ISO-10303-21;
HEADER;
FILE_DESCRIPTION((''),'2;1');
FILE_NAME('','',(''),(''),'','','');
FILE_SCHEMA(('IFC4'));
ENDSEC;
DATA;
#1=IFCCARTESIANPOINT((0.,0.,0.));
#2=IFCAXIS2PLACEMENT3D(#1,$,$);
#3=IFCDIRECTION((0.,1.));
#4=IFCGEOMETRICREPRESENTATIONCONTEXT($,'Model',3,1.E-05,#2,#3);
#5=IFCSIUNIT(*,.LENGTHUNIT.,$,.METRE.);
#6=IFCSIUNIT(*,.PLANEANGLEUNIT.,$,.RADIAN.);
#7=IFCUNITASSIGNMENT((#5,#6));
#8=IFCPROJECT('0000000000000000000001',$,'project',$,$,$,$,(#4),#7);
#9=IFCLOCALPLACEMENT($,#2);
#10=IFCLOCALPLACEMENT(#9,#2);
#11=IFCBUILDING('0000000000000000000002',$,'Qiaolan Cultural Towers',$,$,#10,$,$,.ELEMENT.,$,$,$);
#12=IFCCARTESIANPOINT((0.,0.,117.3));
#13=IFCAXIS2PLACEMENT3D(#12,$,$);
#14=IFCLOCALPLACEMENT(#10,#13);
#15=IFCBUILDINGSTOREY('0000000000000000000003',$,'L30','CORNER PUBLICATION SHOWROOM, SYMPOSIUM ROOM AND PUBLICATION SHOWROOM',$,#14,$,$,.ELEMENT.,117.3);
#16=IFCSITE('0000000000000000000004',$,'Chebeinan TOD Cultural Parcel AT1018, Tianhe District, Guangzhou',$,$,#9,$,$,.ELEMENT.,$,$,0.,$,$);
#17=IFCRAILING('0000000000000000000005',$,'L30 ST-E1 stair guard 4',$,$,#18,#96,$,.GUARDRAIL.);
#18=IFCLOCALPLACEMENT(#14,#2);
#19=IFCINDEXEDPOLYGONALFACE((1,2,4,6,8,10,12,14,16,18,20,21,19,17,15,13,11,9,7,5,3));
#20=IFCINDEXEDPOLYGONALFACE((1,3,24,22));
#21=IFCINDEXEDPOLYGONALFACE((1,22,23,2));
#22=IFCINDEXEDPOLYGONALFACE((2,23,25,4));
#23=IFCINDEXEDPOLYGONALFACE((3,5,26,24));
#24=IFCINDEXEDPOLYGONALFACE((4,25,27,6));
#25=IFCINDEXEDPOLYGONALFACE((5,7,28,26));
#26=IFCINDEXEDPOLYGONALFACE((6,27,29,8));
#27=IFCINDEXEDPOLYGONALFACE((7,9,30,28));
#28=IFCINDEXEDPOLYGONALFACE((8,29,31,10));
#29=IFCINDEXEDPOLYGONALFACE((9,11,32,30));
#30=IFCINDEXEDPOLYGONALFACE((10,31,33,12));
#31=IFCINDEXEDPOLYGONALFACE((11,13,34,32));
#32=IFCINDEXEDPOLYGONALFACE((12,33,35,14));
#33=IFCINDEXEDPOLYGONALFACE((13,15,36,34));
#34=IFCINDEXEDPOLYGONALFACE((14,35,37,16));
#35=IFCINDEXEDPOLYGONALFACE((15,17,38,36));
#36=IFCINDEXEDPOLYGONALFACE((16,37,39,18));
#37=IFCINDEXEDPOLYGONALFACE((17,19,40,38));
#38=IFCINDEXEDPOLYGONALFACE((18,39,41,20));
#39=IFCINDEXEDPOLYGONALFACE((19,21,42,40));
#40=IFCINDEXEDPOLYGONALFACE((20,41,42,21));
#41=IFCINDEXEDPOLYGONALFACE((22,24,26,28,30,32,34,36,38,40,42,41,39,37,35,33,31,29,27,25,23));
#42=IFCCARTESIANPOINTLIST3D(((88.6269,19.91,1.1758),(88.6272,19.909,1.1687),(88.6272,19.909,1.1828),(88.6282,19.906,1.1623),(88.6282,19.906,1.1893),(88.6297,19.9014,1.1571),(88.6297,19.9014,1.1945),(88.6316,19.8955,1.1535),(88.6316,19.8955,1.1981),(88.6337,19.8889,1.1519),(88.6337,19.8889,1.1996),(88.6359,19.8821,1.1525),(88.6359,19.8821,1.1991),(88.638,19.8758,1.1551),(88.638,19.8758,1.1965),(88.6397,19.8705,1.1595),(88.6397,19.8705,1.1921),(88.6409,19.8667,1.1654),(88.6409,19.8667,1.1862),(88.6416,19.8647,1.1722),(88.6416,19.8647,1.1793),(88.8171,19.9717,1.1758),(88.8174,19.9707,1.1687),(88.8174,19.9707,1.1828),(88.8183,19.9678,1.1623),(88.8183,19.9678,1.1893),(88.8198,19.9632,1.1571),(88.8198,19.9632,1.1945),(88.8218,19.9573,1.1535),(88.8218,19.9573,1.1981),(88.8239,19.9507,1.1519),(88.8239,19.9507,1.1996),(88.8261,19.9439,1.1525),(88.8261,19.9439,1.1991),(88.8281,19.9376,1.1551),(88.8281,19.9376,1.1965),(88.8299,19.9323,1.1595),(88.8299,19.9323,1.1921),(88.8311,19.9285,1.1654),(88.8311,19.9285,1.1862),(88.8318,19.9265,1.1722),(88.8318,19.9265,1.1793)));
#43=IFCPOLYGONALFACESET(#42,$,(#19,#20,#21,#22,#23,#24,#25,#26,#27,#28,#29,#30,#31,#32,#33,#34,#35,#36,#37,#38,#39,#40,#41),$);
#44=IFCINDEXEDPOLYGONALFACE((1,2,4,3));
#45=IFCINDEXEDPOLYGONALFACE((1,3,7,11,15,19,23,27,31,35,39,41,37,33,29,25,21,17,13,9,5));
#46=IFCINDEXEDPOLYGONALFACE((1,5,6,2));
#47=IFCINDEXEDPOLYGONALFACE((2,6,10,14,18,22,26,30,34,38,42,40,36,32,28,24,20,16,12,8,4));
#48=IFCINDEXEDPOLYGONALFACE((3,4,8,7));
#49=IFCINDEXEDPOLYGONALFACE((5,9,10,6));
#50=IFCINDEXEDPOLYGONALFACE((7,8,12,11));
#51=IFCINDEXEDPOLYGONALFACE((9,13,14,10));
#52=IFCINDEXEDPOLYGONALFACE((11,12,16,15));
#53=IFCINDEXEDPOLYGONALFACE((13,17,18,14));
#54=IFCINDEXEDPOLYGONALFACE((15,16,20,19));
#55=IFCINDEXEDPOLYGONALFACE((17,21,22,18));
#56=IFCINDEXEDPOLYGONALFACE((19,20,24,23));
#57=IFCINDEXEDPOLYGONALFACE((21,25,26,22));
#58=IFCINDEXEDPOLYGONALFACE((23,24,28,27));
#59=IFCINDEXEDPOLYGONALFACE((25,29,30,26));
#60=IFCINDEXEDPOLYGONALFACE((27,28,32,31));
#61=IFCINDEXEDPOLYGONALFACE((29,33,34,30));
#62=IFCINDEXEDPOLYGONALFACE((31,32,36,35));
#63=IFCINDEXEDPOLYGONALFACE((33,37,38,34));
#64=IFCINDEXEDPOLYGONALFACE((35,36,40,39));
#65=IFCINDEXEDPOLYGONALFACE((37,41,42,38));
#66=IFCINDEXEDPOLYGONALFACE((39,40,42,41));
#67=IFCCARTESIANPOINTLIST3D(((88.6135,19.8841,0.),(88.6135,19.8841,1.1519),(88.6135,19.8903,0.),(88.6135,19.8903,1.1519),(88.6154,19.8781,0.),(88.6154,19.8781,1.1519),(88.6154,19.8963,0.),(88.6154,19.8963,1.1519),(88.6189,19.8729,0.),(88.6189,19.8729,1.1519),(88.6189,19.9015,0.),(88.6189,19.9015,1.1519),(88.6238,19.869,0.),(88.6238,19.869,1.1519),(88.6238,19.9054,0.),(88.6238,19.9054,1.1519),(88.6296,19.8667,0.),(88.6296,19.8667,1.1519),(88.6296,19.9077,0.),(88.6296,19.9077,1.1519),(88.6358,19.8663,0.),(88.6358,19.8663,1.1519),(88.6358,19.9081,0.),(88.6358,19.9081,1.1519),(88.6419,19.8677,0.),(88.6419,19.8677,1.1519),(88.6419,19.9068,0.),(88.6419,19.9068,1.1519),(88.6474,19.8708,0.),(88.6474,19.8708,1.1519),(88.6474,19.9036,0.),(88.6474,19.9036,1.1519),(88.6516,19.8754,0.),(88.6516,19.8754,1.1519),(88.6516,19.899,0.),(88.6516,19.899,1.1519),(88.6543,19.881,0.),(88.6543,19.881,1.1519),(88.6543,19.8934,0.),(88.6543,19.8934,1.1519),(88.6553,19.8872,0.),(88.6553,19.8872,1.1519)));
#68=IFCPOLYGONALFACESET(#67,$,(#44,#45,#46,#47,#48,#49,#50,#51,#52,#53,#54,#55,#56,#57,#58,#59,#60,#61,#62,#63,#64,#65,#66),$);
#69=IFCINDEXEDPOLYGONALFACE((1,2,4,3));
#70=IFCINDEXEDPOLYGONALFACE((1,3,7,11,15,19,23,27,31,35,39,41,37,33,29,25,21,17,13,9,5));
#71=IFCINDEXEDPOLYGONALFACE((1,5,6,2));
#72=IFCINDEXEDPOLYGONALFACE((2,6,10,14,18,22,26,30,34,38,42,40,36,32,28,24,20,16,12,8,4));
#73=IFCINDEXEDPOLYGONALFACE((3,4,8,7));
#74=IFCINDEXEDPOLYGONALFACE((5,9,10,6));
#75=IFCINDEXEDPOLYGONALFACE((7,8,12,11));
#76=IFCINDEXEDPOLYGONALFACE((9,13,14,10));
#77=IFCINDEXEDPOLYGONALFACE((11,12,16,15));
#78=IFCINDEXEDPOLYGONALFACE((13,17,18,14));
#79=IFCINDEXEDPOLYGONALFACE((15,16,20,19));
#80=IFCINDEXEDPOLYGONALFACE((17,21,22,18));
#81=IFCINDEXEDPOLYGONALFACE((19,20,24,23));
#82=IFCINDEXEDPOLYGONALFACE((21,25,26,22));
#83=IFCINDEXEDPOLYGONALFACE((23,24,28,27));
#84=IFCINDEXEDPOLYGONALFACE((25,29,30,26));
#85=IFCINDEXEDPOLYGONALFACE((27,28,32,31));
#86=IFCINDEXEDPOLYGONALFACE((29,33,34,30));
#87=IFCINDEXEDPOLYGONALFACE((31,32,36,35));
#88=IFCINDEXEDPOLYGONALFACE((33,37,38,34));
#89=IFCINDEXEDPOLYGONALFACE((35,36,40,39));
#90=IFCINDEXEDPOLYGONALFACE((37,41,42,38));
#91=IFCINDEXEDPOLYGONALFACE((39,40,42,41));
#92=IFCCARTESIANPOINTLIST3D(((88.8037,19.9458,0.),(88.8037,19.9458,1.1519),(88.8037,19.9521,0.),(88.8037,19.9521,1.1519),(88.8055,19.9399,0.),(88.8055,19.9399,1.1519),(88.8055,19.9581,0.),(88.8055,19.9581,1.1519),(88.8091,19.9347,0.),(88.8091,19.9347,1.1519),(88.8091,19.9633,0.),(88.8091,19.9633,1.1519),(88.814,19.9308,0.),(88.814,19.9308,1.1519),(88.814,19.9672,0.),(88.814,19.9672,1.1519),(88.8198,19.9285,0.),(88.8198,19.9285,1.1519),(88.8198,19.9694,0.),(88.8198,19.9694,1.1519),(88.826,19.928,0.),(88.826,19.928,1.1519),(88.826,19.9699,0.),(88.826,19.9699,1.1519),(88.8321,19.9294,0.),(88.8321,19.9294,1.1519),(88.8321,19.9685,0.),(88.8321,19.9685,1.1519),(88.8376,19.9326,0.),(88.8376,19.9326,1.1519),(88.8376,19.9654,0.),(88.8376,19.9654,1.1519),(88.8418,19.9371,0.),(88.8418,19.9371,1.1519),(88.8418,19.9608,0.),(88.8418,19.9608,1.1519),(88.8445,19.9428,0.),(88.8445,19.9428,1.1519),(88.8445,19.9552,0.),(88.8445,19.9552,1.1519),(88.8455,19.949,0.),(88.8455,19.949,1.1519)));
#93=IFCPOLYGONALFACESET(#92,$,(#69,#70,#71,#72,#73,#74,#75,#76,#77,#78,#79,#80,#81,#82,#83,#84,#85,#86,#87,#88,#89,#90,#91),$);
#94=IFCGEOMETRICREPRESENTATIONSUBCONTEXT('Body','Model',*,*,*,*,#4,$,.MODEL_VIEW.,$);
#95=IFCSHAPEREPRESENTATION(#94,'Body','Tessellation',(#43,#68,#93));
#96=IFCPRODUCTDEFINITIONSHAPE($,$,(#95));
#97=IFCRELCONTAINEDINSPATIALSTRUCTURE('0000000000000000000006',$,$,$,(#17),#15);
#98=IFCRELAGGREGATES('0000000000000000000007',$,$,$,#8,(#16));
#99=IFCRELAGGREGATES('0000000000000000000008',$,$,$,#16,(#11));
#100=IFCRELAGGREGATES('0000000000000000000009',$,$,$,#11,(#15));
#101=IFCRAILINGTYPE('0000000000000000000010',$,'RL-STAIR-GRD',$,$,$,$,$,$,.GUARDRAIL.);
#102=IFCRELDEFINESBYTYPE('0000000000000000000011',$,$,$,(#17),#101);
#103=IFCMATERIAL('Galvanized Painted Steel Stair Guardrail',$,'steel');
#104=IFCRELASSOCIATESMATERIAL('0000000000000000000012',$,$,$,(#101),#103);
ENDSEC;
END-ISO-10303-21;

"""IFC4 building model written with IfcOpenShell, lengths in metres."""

from ifc_helpers import new_model, si_unit, direction, frame, origin, origin_2d, place, context, subcontext, project, spatial, circle, extrude, material, type_object, element, save


model = new_model("IFC4")

# Units and contexts
model_context = context("Model", 3, precision=1e-05, world=origin(), true_north=direction((0.0, 1.0)))
body_context = subcontext(model_context, "Body", "Model", "MODEL_VIEW")
ifc_project = project(units=[si_unit("LENGTHUNIT", "METRE"), si_unit("PLANEANGLEUNIT", "RADIAN")], contexts=[model_context])

# Site, building, storey
site_placement = place(None, origin())
site = spatial("IfcSite", under=ifc_project, at=site_placement, Name="Chebeinan TOD Cultural Parcel AT1018, Tianhe District, Guangzhou", CompositionType="ELEMENT", RefElevation=0.0)
building_placement = place(site_placement, origin())
building = spatial("IfcBuilding", under=site, at=building_placement, Name="Qiaolan Cultural Towers", CompositionType="ELEMENT")
storey_placement = place(building_placement, frame((0.0, 0.0, 117.3)))
storey = spatial("IfcBuildingStorey", under=building, at=storey_placement, Name="L30", Description="CORNER PUBLICATION SHOWROOM, SYMPOSIUM ROOM AND PUBLICATION SHOWROOM", CompositionType="ELEMENT", Elevation=117.3)

# Railing
ifc_material_1 = material(Name="Galvanized Painted Steel Stair Guardrail", Category="steel")
railing_type_1 = type_object("IfcRailingType", Name="RL-STAIR-GRD", PredefinedType="GUARDRAIL", material=ifc_material_1)
railing_1_placement = place(storey_placement, frame((88.6343, 19.8872, 0.0)))
element("IfcRailing", 1, at=railing_1_placement, inside=storey, type_object=railing_type_1, Name="L30 ST-E1 stair guard 4", PredefinedType="GUARDRAIL", context=body_context, shape_type="SweptSolid", body=[
    extrude(circle(Radius=0.0239, at=origin_2d()), frame((0.0, 0.0, 1.1758), z_axis=(0.951097, 0.308893, 0.0), x_axis=(-0.308893, 0.951097, 0.0)), (0.0, 0.0, 1.0), 0.2),
    extrude(circle(Radius=0.021, at=origin_2d()), origin(), (0.0, 0.0, 1.0), 1.1519),
    extrude(circle(Radius=0.021, at=origin_2d()), frame((0.1902, 0.0618, 0.0)), (0.0, 0.0, 1.0), 1.1519),
])

save(model, "model.ifc")
